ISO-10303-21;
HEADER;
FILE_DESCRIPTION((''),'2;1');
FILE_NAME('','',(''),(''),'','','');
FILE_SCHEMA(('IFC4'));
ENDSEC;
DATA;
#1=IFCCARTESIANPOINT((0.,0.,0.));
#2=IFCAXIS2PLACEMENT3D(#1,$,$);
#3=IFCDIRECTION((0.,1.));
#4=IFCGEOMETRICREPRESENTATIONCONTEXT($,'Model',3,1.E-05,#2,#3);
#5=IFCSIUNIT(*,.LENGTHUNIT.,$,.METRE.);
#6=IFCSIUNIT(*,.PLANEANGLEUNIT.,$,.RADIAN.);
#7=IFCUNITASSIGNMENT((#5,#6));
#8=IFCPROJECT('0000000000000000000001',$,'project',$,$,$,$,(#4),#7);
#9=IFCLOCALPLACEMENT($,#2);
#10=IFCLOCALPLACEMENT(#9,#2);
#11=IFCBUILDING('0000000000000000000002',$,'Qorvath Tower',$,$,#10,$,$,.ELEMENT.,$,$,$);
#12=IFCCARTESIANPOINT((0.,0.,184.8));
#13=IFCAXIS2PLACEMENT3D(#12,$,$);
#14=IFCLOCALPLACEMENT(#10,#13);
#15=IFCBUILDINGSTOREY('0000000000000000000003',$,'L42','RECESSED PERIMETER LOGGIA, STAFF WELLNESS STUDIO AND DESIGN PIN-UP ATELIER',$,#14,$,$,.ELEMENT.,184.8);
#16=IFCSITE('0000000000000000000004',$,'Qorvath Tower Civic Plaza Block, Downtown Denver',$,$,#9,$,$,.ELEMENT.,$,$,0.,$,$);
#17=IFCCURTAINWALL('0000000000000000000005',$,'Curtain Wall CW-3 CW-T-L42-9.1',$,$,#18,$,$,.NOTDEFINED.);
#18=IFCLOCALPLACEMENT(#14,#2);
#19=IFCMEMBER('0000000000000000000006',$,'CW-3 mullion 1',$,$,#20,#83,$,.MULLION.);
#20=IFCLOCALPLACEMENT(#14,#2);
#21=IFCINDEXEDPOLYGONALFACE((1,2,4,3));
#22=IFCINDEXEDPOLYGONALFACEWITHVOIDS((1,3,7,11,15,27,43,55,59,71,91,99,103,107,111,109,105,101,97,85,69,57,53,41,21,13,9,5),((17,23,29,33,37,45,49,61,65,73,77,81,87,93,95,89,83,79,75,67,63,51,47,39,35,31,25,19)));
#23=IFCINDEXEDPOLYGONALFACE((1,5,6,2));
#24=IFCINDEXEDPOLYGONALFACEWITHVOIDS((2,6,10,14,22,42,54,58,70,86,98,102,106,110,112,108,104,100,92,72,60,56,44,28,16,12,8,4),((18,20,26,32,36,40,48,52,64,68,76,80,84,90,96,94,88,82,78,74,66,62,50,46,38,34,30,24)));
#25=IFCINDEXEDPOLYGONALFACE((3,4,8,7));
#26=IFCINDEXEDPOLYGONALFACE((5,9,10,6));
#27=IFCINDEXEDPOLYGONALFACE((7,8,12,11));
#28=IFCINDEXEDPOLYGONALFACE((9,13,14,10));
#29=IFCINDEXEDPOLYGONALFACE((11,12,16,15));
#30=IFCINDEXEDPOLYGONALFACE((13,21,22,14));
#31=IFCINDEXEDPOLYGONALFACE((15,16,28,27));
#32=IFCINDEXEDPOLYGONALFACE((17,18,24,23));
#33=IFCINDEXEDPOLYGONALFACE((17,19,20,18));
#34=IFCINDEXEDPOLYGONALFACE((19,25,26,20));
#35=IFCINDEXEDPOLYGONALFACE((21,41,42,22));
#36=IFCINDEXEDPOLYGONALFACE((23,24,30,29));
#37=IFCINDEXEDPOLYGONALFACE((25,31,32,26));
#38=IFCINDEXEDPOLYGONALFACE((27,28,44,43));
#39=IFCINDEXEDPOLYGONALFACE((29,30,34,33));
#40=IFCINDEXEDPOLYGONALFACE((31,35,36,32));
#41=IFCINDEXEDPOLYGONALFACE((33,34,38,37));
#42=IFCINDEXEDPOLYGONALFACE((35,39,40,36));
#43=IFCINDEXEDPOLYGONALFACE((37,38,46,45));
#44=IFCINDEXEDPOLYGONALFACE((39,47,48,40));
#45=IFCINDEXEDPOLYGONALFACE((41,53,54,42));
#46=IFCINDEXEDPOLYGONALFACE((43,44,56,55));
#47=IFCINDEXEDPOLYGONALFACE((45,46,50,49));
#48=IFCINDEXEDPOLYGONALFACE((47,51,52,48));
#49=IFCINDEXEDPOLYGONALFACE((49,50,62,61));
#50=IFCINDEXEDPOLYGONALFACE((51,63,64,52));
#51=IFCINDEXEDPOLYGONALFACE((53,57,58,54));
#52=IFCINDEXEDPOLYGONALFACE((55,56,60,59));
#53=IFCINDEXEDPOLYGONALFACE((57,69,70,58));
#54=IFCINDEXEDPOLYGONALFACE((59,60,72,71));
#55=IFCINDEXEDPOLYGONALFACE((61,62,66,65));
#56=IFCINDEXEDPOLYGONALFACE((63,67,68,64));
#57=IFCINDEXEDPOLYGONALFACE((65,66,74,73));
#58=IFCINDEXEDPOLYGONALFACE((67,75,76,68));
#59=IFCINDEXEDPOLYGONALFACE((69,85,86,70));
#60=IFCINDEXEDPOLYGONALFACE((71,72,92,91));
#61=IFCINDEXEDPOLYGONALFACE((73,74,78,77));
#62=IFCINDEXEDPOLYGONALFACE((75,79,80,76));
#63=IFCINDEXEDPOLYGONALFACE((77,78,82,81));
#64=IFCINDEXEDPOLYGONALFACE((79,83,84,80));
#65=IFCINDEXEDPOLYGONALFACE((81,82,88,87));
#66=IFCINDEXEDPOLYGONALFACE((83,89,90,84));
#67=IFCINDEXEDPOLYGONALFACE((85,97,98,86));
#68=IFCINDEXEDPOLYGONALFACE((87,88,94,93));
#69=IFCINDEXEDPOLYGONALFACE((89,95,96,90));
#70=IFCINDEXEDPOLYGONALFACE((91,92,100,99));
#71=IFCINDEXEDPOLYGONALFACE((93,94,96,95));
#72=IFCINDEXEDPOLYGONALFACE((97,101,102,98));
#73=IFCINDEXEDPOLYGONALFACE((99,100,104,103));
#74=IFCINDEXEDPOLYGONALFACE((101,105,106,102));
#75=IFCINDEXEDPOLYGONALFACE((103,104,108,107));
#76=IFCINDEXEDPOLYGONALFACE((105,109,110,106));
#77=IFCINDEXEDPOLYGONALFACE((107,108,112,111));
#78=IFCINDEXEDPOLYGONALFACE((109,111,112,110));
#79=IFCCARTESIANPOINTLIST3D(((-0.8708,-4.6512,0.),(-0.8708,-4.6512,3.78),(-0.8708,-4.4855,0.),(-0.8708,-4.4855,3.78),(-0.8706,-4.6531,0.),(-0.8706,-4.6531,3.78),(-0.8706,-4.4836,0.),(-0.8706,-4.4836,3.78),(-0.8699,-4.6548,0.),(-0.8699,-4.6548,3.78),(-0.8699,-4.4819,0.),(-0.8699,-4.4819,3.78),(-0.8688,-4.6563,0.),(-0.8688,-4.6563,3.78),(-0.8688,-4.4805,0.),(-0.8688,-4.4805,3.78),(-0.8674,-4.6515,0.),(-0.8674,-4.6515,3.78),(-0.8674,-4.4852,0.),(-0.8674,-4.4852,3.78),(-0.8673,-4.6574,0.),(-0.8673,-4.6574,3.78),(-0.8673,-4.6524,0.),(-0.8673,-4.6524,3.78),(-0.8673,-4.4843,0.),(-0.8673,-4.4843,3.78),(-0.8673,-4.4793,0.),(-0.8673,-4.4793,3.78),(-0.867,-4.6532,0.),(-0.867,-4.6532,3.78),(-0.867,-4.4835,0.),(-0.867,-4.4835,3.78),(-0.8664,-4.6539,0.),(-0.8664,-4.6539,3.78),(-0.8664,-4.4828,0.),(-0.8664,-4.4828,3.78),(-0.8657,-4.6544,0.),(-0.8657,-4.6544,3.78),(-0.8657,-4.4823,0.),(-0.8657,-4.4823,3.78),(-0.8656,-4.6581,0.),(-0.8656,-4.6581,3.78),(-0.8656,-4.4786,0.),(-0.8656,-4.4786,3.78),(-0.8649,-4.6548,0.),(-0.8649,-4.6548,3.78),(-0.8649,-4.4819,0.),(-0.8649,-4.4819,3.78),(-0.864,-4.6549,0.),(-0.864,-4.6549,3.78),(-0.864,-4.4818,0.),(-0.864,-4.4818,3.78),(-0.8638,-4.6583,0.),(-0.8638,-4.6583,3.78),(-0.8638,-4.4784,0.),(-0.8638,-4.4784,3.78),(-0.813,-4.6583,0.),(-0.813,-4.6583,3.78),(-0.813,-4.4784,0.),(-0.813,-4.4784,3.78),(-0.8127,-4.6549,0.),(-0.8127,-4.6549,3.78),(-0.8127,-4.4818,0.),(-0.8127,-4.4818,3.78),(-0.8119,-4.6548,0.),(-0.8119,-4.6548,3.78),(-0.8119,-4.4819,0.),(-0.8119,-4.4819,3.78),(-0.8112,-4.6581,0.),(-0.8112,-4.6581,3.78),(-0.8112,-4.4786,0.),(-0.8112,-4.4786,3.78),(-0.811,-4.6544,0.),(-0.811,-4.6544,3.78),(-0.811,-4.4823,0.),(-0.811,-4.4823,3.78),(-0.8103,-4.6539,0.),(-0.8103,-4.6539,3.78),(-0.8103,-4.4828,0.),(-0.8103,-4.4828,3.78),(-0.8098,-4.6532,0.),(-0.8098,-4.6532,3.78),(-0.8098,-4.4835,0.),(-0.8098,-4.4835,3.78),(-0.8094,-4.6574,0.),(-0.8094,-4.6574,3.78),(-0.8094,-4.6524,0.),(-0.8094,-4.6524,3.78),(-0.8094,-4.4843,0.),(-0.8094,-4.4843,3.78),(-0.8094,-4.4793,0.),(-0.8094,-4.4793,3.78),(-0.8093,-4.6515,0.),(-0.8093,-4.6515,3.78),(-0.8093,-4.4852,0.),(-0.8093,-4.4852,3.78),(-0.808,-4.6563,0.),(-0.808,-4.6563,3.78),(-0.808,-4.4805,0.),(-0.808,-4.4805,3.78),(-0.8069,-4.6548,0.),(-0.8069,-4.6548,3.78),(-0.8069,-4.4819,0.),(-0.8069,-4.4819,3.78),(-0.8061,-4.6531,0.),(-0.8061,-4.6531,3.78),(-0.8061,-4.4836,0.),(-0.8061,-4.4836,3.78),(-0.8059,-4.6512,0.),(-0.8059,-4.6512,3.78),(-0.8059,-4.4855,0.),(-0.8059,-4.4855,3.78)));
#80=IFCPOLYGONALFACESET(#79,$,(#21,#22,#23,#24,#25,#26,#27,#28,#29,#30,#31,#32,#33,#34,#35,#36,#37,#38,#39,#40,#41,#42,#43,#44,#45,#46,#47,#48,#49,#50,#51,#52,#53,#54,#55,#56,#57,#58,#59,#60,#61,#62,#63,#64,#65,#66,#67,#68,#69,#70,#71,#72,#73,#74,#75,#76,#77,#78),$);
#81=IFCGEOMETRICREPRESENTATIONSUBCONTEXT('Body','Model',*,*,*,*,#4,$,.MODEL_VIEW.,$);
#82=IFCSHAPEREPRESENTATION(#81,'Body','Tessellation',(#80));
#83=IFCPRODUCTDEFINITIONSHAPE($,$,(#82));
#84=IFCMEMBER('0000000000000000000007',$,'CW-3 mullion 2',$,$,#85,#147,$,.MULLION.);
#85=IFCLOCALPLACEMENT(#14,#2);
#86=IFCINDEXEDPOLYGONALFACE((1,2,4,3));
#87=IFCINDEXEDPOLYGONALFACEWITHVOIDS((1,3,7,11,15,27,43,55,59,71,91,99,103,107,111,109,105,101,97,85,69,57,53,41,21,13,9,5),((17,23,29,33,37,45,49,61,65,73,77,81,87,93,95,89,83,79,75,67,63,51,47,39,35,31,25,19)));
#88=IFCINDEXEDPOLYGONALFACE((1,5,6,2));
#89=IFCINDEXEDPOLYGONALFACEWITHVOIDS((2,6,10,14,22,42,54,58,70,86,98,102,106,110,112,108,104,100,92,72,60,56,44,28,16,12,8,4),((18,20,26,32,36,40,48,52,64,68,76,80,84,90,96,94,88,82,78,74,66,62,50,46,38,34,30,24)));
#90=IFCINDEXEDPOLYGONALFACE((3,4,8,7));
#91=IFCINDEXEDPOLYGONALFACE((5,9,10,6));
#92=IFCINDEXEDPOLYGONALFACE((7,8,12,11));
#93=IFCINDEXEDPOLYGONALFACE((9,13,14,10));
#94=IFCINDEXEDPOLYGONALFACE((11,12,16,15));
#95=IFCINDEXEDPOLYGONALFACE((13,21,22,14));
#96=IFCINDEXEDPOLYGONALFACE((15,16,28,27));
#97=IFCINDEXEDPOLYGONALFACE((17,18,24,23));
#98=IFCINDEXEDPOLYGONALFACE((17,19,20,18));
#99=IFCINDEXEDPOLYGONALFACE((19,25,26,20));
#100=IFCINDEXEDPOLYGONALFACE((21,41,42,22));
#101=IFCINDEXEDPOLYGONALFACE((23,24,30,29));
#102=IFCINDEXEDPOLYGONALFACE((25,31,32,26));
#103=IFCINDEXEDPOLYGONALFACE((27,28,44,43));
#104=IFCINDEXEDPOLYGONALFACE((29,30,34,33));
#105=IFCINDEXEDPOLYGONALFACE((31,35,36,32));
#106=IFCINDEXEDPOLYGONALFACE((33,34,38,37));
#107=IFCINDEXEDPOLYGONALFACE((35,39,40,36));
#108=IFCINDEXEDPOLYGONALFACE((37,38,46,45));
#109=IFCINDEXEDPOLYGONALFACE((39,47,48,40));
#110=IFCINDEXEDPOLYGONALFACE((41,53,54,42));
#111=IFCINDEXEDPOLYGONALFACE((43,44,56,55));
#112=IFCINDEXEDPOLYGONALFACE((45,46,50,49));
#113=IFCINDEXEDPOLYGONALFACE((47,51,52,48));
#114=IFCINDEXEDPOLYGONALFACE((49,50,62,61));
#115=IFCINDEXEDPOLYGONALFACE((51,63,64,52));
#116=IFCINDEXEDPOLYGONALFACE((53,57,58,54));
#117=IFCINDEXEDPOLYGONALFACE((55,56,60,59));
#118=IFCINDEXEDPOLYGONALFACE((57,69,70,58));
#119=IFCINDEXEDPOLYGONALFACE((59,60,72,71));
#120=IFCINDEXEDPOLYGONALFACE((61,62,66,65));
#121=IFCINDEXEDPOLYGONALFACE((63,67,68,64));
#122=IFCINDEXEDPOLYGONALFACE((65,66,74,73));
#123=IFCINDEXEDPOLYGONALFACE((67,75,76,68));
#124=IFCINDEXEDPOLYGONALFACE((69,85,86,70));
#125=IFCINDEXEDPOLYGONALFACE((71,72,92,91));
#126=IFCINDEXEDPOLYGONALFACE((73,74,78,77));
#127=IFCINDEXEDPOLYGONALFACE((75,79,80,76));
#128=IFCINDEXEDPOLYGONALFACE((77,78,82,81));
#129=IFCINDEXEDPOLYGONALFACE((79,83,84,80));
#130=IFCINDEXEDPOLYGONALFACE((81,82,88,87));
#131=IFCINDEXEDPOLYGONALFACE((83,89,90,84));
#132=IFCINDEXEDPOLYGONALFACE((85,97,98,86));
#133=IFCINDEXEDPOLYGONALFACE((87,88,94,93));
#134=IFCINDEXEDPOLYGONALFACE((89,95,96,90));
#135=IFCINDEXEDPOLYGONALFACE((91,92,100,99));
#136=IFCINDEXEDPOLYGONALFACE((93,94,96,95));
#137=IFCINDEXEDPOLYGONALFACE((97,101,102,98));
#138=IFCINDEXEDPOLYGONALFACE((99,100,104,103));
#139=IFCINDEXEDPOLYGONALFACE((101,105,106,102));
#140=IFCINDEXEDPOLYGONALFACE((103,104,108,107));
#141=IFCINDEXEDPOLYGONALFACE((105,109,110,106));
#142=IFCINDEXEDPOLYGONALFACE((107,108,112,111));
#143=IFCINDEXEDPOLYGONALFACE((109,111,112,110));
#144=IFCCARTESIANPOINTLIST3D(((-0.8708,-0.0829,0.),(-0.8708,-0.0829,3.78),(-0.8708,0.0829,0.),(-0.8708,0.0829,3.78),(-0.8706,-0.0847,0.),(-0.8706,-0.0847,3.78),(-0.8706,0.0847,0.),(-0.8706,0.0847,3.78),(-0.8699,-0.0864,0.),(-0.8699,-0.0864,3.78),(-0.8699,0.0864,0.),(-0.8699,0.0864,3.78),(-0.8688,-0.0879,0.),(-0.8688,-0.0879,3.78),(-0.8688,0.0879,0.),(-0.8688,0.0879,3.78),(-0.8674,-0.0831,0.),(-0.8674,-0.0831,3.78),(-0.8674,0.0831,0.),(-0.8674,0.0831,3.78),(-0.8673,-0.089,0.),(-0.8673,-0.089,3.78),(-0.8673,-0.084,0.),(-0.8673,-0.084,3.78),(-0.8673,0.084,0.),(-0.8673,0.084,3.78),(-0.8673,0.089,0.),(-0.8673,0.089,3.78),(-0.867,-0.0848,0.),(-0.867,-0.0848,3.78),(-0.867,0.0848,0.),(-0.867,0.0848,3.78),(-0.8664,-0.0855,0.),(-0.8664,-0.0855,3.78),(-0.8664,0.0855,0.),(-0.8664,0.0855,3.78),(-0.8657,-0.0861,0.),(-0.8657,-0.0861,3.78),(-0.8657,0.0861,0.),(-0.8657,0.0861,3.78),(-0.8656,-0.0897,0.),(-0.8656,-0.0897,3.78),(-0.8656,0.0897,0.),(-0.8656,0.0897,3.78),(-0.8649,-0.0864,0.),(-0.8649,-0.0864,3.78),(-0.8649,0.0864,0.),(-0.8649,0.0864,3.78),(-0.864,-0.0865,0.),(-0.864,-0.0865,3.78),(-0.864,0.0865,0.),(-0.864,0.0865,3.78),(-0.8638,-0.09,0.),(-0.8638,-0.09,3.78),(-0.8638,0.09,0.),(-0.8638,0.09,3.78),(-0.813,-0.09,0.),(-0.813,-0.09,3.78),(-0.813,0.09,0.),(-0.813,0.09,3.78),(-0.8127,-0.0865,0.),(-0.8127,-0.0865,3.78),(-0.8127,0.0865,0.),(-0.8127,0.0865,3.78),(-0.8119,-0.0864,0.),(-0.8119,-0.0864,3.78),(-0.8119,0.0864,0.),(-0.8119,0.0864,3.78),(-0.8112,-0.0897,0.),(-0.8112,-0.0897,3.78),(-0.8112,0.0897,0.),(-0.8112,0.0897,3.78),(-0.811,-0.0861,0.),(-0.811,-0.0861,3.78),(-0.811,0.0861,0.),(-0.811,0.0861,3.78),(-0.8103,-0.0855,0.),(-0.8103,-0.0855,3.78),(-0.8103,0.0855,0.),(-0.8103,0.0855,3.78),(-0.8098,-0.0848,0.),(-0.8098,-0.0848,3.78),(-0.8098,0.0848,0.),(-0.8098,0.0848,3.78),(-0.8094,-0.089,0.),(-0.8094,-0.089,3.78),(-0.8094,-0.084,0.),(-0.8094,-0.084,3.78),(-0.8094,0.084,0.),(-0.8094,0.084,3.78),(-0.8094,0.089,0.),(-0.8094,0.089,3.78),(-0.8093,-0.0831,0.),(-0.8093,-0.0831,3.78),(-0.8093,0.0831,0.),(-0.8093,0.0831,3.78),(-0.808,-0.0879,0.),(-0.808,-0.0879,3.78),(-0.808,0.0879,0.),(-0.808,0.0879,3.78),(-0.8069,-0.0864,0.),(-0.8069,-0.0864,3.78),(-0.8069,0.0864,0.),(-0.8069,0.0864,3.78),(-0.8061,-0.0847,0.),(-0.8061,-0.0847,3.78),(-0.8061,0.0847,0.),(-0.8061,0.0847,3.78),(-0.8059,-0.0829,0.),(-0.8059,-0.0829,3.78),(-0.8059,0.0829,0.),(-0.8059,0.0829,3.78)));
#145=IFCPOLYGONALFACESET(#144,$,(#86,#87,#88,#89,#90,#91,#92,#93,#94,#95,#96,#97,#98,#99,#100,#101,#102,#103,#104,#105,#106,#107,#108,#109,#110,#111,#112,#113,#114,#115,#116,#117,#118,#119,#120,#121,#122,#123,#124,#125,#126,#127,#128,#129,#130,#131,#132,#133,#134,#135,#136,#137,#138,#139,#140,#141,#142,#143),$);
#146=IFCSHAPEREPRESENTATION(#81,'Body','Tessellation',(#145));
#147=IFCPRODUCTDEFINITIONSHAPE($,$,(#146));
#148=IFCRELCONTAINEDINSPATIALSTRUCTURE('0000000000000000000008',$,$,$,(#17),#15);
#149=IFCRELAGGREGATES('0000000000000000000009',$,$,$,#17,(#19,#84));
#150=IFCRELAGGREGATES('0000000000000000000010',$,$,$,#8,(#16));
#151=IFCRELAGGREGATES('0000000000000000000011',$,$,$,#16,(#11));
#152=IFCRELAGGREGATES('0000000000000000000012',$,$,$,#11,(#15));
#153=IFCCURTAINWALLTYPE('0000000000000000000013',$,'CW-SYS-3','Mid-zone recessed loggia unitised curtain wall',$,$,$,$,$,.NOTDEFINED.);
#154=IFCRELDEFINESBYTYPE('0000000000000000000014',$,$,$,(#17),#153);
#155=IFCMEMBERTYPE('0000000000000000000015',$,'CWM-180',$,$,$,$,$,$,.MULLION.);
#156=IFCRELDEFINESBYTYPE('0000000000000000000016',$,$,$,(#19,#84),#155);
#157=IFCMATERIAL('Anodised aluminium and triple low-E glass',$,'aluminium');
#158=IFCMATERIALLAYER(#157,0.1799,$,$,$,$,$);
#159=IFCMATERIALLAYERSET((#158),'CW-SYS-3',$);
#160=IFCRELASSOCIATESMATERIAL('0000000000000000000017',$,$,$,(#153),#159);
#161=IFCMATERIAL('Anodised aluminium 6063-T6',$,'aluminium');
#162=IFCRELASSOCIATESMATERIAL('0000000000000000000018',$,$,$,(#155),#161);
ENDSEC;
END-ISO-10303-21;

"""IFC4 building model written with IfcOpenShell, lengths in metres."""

from ifc_helpers import new_model, si_unit, direction, frame, origin, origin_2d, place, context, subcontext, project, spatial, hollow_rectangle, extrude, material, layer, layer_set, material_profile, profile_set, type_object, element, aggregate, save


model = new_model("IFC4")

# Units and contexts
model_context = context("Model", 3, precision=1e-05, world=origin(), true_north=direction((0.0, 1.0)))
body_context = subcontext(model_context, "Body", "Model", "MODEL_VIEW")
ifc_project = project(units=[si_unit("LENGTHUNIT", "METRE"), si_unit("PLANEANGLEUNIT", "RADIAN")], contexts=[model_context])

# Site, building, storey
site_placement = place(None, origin())
site = spatial("IfcSite", under=ifc_project, at=site_placement, Name="Qorvath Tower Civic Plaza Block, Downtown Denver", CompositionType="ELEMENT", RefElevation=0.0)
building_placement = place(site_placement, origin())
building = spatial("IfcBuilding", under=site, at=building_placement, Name="Qorvath Tower", CompositionType="ELEMENT")
storey_placement = place(building_placement, frame((0.0, 0.0, 184.8)))
storey = spatial("IfcBuildingStorey", under=building, at=storey_placement, Name="L42", Description="RECESSED PERIMETER LOGGIA, STAFF WELLNESS STUDIO AND DESIGN PIN-UP ATELIER", CompositionType="ELEMENT", Elevation=184.8)

# Curtain wall, members
ifc_material_1 = material(Name="Anodised aluminium and triple low-E glass", Category="aluminium")
ifc_layer_1 = layer(ifc_material_1, 0.1799)
ifc_layer_set_1 = layer_set([ifc_layer_1], Name="CW-SYS-3")
curtain_wall_type = type_object("IfcCurtainWallType", Name="CW-SYS-3", Description="Mid-zone recessed loggia unitised curtain wall", PredefinedType="NOTDEFINED", material=ifc_layer_set_1)
curtain_wall_placement = place(storey_placement, origin())
curtain_wall = element("IfcCurtainWall", 1, at=curtain_wall_placement, inside=storey, type_object=curtain_wall_type, Name="Curtain Wall CW-3 CW-T-L42-9.1", PredefinedType="NOTDEFINED")
ifc_material_2 = material(Name="Anodised aluminium 6063-T6", Category="aluminium")
ifc_material_profile_1 = material_profile(ifc_material_2, hollow_rectangle(XDim=0.0649, YDim=0.1799, WallThickness=0.0034, InnerFilletRadius=0.0034, OuterFilletRadius=0.0071, at=origin_2d()), Name="CWM 180x65")
ifc_profile_set_1 = profile_set([ifc_material_profile_1], Name="Anodised aluminium 6063-T6")
member_type_1 = type_object("IfcMemberType", Name="CWM-180", PredefinedType="MULLION", material=ifc_profile_set_1)
member_1_placement = place(storey_placement, frame((-0.8384, -4.5684, 0.0), z_axis=(0.0, 0.0, 1.0), x_axis=(-1.0, 0.0, 0.0)))
member_1 = element("IfcMember", 2, at=member_1_placement, type_object=member_type_1, Name="CW-3 mullion 1", PredefinedType="MULLION", context=body_context, shape_type="SweptSolid", body=[
    extrude(hollow_rectangle(XDim=0.0649, YDim=0.1799, WallThickness=0.0034, InnerFilletRadius=0.0034, OuterFilletRadius=0.0071, at=origin_2d()), origin(), (0.0, 0.0, 1.0), 3.78),
])
member_2_placement = place(storey_placement, frame((-0.8384, 0.0, 0.0), z_axis=(0.0, 0.0, 1.0), x_axis=(-1.0, 0.0, 0.0)))
member_2 = element("IfcMember", 3, at=member_2_placement, type_object=member_type_1, Name="CW-3 mullion 2", PredefinedType="MULLION", context=body_context, shape_type="SweptSolid", body=[
    extrude(hollow_rectangle(XDim=0.0649, YDim=0.1799, WallThickness=0.0034, InnerFilletRadius=0.0034, OuterFilletRadius=0.0071, at=origin_2d()), origin(), (0.0, 0.0, 1.0), 3.78),
])
aggregate(curtain_wall, [member_1, member_2])

save(model, "model.ifc")
